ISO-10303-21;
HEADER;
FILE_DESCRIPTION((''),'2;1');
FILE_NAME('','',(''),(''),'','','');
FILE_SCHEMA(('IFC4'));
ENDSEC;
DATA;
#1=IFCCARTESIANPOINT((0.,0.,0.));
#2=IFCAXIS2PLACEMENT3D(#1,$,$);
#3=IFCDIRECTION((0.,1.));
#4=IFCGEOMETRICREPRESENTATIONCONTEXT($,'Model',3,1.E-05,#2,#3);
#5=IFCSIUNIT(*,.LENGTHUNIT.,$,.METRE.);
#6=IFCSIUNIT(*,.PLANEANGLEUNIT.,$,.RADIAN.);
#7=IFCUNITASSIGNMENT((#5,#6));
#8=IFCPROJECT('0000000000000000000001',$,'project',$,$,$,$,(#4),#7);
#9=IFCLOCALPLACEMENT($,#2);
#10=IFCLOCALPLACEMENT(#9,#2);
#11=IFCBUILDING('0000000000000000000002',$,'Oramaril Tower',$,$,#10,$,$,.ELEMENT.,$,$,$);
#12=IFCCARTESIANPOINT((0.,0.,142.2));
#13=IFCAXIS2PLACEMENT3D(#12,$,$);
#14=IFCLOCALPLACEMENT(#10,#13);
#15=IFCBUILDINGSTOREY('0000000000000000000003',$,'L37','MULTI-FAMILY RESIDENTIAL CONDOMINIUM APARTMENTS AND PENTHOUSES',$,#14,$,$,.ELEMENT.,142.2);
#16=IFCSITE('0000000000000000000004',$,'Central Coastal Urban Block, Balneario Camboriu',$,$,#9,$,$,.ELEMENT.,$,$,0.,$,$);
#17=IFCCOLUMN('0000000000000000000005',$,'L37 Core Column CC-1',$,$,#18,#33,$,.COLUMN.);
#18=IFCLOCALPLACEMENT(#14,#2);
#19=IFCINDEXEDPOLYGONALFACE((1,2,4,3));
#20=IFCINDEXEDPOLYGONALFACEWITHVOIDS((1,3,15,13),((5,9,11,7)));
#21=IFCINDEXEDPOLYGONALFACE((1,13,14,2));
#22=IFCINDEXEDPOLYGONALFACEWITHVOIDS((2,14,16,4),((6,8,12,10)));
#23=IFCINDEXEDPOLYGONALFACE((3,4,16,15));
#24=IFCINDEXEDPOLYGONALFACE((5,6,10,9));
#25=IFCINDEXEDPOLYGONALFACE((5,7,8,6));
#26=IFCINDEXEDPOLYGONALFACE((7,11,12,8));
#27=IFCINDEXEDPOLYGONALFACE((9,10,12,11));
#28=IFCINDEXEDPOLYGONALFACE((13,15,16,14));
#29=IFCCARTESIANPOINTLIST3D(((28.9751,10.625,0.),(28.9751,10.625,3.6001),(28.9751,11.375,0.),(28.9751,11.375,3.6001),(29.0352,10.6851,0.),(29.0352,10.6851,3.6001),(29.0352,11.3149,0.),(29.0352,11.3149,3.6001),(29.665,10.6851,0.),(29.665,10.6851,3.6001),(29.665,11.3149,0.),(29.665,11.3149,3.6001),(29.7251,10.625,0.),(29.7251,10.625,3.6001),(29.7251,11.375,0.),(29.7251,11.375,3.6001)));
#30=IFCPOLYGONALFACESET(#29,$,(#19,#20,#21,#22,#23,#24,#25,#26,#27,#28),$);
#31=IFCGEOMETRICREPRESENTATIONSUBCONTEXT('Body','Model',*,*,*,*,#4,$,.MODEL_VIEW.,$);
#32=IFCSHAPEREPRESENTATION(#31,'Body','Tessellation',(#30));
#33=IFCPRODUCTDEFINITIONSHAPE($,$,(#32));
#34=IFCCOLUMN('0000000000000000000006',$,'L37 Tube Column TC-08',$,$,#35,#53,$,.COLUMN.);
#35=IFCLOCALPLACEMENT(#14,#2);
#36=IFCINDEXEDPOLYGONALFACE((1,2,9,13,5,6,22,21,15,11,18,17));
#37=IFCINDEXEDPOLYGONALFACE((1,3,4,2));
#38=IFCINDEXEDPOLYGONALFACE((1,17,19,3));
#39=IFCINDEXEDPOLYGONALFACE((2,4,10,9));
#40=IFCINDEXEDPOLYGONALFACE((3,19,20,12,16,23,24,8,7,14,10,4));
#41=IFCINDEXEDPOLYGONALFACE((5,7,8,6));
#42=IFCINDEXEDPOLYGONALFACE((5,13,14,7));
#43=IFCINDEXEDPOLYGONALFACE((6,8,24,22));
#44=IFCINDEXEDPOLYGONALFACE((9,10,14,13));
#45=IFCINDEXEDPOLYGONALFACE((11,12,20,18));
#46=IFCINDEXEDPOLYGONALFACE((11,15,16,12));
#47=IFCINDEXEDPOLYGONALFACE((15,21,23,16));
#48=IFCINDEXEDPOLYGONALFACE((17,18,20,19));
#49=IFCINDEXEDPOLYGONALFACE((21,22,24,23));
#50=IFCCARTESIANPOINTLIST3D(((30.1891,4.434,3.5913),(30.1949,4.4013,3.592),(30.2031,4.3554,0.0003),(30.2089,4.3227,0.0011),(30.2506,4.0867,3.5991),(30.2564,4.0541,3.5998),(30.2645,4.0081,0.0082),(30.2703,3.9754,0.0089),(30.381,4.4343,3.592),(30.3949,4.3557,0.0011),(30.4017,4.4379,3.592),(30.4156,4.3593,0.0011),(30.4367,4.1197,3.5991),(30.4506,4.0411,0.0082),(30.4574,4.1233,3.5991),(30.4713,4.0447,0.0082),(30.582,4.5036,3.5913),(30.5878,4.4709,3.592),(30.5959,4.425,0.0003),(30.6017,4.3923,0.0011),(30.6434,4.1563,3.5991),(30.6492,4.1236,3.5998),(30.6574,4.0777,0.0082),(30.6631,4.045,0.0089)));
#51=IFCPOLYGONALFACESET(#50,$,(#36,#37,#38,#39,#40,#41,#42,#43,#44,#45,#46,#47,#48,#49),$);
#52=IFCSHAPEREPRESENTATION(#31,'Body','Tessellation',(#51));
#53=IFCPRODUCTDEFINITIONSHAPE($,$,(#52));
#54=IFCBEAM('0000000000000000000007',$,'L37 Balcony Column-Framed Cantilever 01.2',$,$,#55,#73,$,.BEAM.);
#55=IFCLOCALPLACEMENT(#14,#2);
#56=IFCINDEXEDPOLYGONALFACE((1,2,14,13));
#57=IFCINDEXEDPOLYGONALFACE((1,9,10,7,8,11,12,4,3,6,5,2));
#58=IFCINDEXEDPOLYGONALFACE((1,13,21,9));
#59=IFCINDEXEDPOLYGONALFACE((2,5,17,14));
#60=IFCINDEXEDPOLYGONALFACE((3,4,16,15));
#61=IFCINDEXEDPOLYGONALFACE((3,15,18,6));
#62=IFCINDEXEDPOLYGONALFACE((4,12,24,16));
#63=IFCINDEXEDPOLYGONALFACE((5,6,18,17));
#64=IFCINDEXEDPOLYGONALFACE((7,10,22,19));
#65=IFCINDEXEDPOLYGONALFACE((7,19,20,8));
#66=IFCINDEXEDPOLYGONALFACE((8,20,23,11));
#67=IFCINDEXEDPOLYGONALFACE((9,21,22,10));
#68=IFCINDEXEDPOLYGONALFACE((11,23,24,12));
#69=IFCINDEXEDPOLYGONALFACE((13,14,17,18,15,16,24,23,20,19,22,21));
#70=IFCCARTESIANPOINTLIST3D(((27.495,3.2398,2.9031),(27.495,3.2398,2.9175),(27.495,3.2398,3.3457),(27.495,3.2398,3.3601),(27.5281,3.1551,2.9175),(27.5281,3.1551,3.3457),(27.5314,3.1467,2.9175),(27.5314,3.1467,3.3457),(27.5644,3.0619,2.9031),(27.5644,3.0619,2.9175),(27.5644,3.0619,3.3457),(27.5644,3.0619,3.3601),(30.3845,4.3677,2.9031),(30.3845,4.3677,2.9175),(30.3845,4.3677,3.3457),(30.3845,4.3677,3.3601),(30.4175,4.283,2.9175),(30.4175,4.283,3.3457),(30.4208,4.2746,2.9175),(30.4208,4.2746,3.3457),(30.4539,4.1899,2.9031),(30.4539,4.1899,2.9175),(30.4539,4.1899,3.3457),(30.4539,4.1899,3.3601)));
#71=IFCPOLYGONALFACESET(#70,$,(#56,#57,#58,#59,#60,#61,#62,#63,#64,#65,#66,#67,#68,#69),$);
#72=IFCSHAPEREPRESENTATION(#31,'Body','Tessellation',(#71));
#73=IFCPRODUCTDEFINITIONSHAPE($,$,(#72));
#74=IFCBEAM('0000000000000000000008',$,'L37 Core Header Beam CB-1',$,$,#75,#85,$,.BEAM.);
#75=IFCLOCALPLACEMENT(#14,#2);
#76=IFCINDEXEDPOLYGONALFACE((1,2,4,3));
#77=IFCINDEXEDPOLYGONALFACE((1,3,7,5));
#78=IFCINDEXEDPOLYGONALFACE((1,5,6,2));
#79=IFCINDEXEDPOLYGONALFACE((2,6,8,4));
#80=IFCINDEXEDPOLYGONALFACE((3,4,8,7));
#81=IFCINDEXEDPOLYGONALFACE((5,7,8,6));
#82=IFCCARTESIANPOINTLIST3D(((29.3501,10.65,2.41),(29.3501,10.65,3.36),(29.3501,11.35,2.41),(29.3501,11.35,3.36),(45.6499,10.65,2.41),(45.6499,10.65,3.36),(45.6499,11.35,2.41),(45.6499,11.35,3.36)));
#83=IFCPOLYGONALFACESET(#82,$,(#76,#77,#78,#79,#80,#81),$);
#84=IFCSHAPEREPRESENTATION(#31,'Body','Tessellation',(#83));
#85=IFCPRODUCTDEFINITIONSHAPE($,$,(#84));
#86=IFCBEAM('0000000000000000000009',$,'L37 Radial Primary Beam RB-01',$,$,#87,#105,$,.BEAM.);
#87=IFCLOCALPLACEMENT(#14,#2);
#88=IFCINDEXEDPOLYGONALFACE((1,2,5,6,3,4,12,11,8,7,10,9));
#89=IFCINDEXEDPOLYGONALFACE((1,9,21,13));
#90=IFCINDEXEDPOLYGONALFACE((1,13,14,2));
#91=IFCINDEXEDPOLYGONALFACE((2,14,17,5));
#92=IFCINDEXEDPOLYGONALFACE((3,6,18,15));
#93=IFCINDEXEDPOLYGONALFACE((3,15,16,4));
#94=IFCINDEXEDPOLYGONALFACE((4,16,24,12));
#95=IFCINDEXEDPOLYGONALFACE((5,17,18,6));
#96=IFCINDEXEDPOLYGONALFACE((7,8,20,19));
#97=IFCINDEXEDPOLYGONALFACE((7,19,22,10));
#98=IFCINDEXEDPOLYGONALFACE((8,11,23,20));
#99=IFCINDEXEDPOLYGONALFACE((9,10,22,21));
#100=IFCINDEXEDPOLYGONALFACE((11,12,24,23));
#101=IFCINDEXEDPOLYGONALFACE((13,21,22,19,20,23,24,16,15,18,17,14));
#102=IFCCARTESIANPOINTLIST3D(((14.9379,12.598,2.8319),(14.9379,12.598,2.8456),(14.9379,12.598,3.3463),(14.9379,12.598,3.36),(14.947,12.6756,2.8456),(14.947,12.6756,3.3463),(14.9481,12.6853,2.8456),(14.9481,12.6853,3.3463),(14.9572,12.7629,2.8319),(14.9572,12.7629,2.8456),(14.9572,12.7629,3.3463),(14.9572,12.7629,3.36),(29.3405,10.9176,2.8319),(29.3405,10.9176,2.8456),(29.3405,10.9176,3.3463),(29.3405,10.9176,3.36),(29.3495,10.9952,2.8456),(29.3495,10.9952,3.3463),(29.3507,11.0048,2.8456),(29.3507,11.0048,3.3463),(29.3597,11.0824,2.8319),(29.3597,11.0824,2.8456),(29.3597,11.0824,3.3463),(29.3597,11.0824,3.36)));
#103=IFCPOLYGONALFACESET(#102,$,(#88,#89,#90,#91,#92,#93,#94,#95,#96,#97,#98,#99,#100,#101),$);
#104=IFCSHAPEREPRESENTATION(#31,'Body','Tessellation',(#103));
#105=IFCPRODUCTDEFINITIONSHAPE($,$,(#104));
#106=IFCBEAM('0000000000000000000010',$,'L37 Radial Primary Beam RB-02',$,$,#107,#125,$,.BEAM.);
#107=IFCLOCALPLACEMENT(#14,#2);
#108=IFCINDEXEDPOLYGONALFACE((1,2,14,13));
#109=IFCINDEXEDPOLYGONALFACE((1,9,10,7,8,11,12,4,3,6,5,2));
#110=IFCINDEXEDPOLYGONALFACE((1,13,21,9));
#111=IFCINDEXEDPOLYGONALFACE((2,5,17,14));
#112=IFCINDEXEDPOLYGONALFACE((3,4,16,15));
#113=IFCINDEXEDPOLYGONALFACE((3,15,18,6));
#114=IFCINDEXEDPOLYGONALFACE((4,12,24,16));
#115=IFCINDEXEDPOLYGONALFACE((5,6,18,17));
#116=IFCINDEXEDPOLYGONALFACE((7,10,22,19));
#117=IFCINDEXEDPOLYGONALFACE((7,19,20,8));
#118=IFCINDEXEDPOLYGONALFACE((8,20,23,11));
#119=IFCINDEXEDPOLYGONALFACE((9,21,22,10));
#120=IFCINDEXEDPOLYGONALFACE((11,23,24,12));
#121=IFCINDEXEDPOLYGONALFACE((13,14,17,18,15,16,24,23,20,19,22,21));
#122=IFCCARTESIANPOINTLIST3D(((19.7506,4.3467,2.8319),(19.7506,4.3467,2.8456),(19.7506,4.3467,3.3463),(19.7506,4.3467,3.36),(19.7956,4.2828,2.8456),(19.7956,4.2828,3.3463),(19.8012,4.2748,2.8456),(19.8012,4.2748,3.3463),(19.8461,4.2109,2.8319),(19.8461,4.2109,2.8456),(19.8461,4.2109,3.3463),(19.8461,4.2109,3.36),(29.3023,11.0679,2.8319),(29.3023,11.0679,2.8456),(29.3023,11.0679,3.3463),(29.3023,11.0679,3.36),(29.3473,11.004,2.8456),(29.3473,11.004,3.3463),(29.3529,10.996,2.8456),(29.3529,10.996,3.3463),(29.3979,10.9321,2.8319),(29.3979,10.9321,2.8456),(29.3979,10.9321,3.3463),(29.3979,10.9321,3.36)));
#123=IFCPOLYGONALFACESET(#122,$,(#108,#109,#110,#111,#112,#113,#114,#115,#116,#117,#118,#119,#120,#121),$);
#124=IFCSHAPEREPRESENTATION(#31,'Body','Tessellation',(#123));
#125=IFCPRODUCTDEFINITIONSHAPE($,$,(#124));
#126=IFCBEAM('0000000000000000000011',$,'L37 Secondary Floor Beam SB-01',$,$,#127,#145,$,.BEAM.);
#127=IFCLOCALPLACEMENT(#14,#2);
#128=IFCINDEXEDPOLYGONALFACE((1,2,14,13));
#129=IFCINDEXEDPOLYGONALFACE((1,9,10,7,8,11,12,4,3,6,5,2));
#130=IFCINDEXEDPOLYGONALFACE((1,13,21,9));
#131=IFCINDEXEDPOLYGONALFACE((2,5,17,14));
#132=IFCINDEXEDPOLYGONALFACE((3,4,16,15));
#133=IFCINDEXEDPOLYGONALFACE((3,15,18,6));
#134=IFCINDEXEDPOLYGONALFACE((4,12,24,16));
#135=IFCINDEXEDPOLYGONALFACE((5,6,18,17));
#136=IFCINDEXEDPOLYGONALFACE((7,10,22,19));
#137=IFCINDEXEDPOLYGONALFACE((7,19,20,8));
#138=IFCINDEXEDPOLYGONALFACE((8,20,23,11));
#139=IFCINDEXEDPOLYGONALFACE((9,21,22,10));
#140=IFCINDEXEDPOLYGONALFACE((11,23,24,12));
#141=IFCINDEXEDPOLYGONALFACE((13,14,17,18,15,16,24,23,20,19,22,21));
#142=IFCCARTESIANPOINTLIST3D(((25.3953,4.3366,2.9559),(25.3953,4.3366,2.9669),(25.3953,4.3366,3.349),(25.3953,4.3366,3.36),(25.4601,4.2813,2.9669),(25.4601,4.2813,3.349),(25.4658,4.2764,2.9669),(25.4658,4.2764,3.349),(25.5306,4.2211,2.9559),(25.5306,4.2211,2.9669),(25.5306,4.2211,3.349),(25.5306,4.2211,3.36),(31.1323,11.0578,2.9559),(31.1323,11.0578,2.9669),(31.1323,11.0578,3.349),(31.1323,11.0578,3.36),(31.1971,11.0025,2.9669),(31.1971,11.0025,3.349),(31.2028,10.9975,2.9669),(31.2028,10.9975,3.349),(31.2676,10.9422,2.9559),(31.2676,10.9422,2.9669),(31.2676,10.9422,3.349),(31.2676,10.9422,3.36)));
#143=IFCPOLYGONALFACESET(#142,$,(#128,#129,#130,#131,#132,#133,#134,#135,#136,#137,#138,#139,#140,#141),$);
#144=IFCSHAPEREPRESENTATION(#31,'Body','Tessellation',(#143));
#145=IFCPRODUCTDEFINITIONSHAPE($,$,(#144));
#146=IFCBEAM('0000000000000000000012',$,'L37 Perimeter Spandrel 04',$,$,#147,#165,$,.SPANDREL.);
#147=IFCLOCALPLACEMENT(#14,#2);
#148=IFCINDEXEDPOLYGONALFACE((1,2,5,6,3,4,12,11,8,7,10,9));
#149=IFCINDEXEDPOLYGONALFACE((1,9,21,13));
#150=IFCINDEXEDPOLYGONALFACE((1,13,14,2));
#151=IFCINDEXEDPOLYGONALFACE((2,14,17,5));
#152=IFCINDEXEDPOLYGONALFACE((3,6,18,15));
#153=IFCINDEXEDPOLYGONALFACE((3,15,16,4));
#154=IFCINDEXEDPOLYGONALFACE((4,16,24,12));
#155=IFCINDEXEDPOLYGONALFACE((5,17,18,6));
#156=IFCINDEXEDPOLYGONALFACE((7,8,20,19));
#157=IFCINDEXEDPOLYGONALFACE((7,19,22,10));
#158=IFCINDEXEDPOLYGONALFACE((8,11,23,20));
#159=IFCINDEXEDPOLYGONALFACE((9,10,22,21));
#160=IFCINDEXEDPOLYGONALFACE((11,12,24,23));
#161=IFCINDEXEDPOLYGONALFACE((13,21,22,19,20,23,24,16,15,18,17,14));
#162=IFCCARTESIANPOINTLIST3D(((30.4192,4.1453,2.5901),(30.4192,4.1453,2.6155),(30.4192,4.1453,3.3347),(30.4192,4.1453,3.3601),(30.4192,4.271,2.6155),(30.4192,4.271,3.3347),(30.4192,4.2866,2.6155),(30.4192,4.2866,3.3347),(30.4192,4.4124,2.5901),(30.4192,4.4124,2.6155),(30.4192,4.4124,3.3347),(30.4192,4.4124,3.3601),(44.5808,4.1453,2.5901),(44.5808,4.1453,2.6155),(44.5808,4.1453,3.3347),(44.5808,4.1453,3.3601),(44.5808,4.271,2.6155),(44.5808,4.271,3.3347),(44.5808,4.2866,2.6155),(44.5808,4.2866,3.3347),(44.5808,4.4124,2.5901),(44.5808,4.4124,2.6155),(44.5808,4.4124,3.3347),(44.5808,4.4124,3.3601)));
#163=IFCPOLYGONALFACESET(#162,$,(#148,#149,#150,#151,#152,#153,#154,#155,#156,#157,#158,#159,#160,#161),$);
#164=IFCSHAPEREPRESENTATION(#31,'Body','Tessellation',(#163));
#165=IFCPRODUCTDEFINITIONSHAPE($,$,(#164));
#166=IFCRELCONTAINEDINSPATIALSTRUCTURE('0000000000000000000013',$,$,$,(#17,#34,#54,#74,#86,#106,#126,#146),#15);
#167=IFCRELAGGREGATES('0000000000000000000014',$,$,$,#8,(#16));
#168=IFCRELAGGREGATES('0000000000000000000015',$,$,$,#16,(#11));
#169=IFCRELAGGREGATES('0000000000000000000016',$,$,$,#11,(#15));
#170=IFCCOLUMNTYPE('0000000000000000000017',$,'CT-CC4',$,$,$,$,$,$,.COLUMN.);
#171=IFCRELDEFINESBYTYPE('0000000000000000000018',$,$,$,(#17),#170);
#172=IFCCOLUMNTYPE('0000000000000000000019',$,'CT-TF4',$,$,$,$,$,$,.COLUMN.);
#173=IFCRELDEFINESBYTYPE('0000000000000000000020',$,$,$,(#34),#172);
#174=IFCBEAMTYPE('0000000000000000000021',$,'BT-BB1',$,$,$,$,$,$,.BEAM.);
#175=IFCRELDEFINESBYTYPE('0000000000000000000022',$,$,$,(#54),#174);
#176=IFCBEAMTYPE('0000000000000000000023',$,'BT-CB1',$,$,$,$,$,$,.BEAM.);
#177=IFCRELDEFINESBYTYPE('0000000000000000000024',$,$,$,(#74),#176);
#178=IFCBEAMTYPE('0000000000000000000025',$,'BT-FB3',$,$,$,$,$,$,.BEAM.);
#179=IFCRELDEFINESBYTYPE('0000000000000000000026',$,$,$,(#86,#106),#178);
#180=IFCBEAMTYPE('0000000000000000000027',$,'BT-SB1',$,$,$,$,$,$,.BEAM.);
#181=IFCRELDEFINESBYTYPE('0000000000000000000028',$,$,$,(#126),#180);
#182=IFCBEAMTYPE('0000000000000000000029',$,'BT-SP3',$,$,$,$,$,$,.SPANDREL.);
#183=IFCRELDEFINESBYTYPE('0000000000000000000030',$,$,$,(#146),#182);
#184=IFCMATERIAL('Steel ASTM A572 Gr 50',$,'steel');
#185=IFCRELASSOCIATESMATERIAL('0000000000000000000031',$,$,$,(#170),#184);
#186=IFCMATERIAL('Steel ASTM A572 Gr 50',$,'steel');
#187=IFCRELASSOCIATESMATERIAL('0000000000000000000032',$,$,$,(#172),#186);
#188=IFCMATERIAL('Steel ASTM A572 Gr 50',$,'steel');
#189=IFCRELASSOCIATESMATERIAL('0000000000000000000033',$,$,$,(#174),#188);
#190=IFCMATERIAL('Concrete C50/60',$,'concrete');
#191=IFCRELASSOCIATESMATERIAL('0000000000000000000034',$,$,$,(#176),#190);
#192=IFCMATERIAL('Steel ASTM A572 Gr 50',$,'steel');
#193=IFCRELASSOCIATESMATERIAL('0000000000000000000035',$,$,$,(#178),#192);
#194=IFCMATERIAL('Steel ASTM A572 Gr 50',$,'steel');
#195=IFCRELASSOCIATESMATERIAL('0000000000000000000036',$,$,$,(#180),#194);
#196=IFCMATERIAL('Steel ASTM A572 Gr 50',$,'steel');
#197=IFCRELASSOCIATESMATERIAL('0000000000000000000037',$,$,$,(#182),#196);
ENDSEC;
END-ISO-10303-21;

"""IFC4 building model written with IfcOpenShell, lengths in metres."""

from ifc_helpers import new_model, si_unit, direction, frame, origin, origin_2d, place, context, subcontext, project, spatial, rectangle, hollow_rectangle, i_section, extrude, material, material_profile, profile_set, type_object, element, save


model = new_model("IFC4")

# Units and contexts
model_context = context("Model", 3, precision=1e-05, world=origin(), true_north=direction((0.0, 1.0)))
body_context = subcontext(model_context, "Body", "Model", "MODEL_VIEW")
ifc_project = project(units=[si_unit("LENGTHUNIT", "METRE"), si_unit("PLANEANGLEUNIT", "RADIAN")], contexts=[model_context])

# Site, building, storey
site_placement = place(None, origin())
site = spatial("IfcSite", under=ifc_project, at=site_placement, Name="Central Coastal Urban Block, Balneario Camboriu", CompositionType="ELEMENT", RefElevation=0.0)
building_placement = place(site_placement, origin())
building = spatial("IfcBuilding", under=site, at=building_placement, Name="Oramaril Tower", CompositionType="ELEMENT")
storey_placement = place(building_placement, frame((0.0, 0.0, 142.2)))
storey = spatial("IfcBuildingStorey", under=building, at=storey_placement, Name="L37", Description="MULTI-FAMILY RESIDENTIAL CONDOMINIUM APARTMENTS AND PENTHOUSES", CompositionType="ELEMENT", Elevation=142.2)

# Columns
ifc_material_1 = material(Name="Steel ASTM A572 Gr 50", Category="steel")
ifc_material_profile_1 = material_profile(ifc_material_1, hollow_rectangle(XDim=0.75, YDim=0.75, WallThickness=0.0601, at=origin_2d()), Name="BOX750X750X60")
ifc_profile_set_1 = profile_set([ifc_material_profile_1], Name="Steel ASTM A572 Gr 50")
column_type_1 = type_object("IfcColumnType", Name="CT-CC4", PredefinedType="COLUMN", material=ifc_profile_set_1)
column_1_placement = place(storey_placement, frame((29.3501, 11.0, 0.0), z_axis=(0.0, 0.0, 1.0), x_axis=(1.0, 0.0, 0.0)))
element("IfcColumn", 1, at=column_1_placement, inside=storey, type_object=column_type_1, Name="L37 Core Column CC-1", PredefinedType="COLUMN", context=body_context, shape_type="SweptSolid", body=[
    extrude(hollow_rectangle(XDim=0.75, YDim=0.75, WallThickness=0.0601, at=origin_2d()), origin(), (0.0, 0.0, 1.0), 3.6001),
])
ifc_material_2 = material(Name="Steel ASTM A572 Gr 50", Category="steel")
ifc_material_profile_2 = material_profile(ifc_material_2, i_section(OverallWidth=0.3989, OverallDepth=0.386, WebThickness=0.021, FlangeThickness=0.0332, at=origin_2d()), Name="W14X176")
ifc_profile_set_2 = profile_set([ifc_material_profile_2], Name="Steel ASTM A572 Gr 50")
column_type_2 = type_object("IfcColumnType", Name="CT-TF4", PredefinedType="COLUMN", material=ifc_profile_set_2)
column_2_placement = place(storey_placement, frame((30.4331, 4.2002, 0.0046), z_axis=(-0.003874, 0.021887, 0.999753), x_axis=(-0.984691, -0.174309, 0.0)))
element("IfcColumn", 2, at=column_2_placement, inside=storey, type_object=column_type_2, Name="L37 Tube Column TC-08", PredefinedType="COLUMN", context=body_context, shape_type="SweptSolid", body=[
    extrude(i_section(OverallWidth=0.3989, OverallDepth=0.386, WebThickness=0.021, FlangeThickness=0.0332, at=origin_2d()), origin(), (0.0, 0.0, 1.0), 3.5918),
])

# Beams
ifc_material_3 = material(Name="Steel ASTM A572 Gr 50", Category="steel")
ifc_material_profile_3 = material_profile(ifc_material_3, i_section(OverallWidth=0.1909, OverallDepth=0.457, WebThickness=0.009, FlangeThickness=0.0144, at=origin_2d()), Name="W18X50")
ifc_profile_set_3 = profile_set([ifc_material_profile_3], Name="Steel ASTM A572 Gr 50")
beam_type_1 = type_object("IfcBeamType", Name="BT-BB1", PredefinedType="BEAM", material=ifc_profile_set_3)
beam_1_placement = place(storey_placement, frame((30.4192, 4.2788, 3.1316), z_axis=(-0.931539, -0.363642, 0.0), x_axis=(0.363642, -0.931539, 0.0)))
element("IfcBeam", 3, at=beam_1_placement, inside=storey, type_object=beam_type_1, Name="L37 Balcony Column-Framed Cantilever 01.2", PredefinedType="BEAM", context=body_context, shape_type="SweptSolid", body=[
    extrude(i_section(OverallWidth=0.1909, OverallDepth=0.457, WebThickness=0.009, FlangeThickness=0.0144, at=origin_2d()), origin(), (0.0, 0.0, 1.0), 3.1018),
])
ifc_material_4 = material(Name="Concrete C50/60", Category="concrete")
ifc_material_profile_4 = material_profile(ifc_material_4, rectangle(XDim=0.7, YDim=0.95, at=origin_2d()), Name="CB700X950")
ifc_profile_set_4 = profile_set([ifc_material_profile_4], Name="Concrete C50/60")
beam_type_2 = type_object("IfcBeamType", Name="BT-CB1", PredefinedType="BEAM", material=ifc_profile_set_4)
beam_2_placement = place(storey_placement, frame((29.3501, 11.0, 2.885), z_axis=(1.0, 0.0, 0.0), x_axis=(0.0, 1.0, 0.0)))
element("IfcBeam", 4, at=beam_2_placement, inside=storey, type_object=beam_type_2, Name="L37 Core Header Beam CB-1", PredefinedType="BEAM", context=body_context, shape_type="SweptSolid", body=[
    extrude(rectangle(XDim=0.7, YDim=0.95, at=origin_2d()), origin(), (0.0, 0.0, 1.0), 16.2998),
])
ifc_material_5 = material(Name="Steel ASTM A572 Gr 50", Category="steel")
ifc_material_profile_5 = material_profile(ifc_material_5, i_section(OverallWidth=0.166, OverallDepth=0.5281, WebThickness=0.0098, FlangeThickness=0.0137, at=origin_2d()), Name="W21X50")
ifc_profile_set_5 = profile_set([ifc_material_profile_5], Name="Steel ASTM A572 Gr 50")
beam_type_3 = type_object("IfcBeamType", Name="BT-FB3", PredefinedType="BEAM", material=ifc_profile_set_5)
beam_3_placement = place(storey_placement, frame((29.3501, 11.0, 3.0959), z_axis=(-0.993262, 0.115889, 0.0), x_axis=(-0.115889, -0.993262, 0.0)))
element("IfcBeam", 5, at=beam_3_placement, inside=storey, type_object=beam_type_3, Name="L37 Radial Primary Beam RB-01", PredefinedType="BEAM", context=body_context, shape_type="SweptSolid", body=[
    extrude(i_section(OverallWidth=0.166, OverallDepth=0.5281, WebThickness=0.0098, FlangeThickness=0.0137, at=origin_2d()), origin(), (0.0, 0.0, 1.0), 14.5002),
])
beam_4_placement = place(storey_placement, frame((29.3501, 11.0, 3.0959), z_axis=(-0.817823, -0.57547, 0.0), x_axis=(0.57547, -0.817823, 0.0)))
element("IfcBeam", 6, at=beam_4_placement, inside=storey, type_object=beam_type_3, Name="L37 Radial Primary Beam RB-02", PredefinedType="BEAM", context=body_context, shape_type="SweptSolid", body=[
    extrude(i_section(OverallWidth=0.166, OverallDepth=0.5281, WebThickness=0.0098, FlangeThickness=0.0137, at=origin_2d()), origin(), (0.0, 0.0, 1.0), 11.6794),
])
ifc_material_6 = material(Name="Steel ASTM A572 Gr 50", Category="steel")
ifc_material_profile_6 = material_profile(ifc_material_6, i_section(OverallWidth=0.178, OverallDepth=0.4041, WebThickness=0.0076, FlangeThickness=0.011, at=origin_2d()), Name="W16X36")
ifc_profile_set_6 = profile_set([ifc_material_profile_6], Name="Steel ASTM A572 Gr 50")
beam_type_4 = type_object("IfcBeamType", Name="BT-SB1", PredefinedType="BEAM", material=ifc_profile_set_6)
beam_5_placement = place(storey_placement, frame((31.2, 11.0, 3.158), z_axis=(-0.649227, -0.760595, 0.0), x_axis=(0.760595, -0.649227, 0.0)))
element("IfcBeam", 7, at=beam_5_placement, inside=storey, type_object=beam_type_4, Name="L37 Secondary Floor Beam SB-01", PredefinedType="BEAM", context=body_context, shape_type="SweptSolid", body=[
    extrude(i_section(OverallWidth=0.178, OverallDepth=0.4041, WebThickness=0.0076, FlangeThickness=0.011, at=origin_2d()), origin(), (0.0, 0.0, 1.0), 8.8367),
])
ifc_material_7 = material(Name="Steel ASTM A572 Gr 50", Category="steel")
ifc_material_profile_7 = material_profile(ifc_material_7, i_section(OverallWidth=0.2671, OverallDepth=0.77, WebThickness=0.0156, FlangeThickness=0.0254, at=origin_2d()), Name="W30X132")
ifc_profile_set_7 = profile_set([ifc_material_profile_7], Name="Steel ASTM A572 Gr 50")
beam_type_5 = type_object("IfcBeamType", Name="BT-SP3", PredefinedType="SPANDREL", material=ifc_profile_set_7)
beam_6_placement = place(storey_placement, frame((30.4192, 4.2788, 2.9751), z_axis=(1.0, 0.0, 0.0), x_axis=(0.0, 1.0, 0.0)))
element("IfcBeam", 8, at=beam_6_placement, inside=storey, type_object=beam_type_5, Name="L37 Perimeter Spandrel 04", PredefinedType="SPANDREL", context=body_context, shape_type="SweptSolid", body=[
    extrude(i_section(OverallWidth=0.2671, OverallDepth=0.77, WebThickness=0.0156, FlangeThickness=0.0254, at=origin_2d()), origin(), (0.0, 0.0, 1.0), 14.1616),
])

save(model, "model.ifc")
